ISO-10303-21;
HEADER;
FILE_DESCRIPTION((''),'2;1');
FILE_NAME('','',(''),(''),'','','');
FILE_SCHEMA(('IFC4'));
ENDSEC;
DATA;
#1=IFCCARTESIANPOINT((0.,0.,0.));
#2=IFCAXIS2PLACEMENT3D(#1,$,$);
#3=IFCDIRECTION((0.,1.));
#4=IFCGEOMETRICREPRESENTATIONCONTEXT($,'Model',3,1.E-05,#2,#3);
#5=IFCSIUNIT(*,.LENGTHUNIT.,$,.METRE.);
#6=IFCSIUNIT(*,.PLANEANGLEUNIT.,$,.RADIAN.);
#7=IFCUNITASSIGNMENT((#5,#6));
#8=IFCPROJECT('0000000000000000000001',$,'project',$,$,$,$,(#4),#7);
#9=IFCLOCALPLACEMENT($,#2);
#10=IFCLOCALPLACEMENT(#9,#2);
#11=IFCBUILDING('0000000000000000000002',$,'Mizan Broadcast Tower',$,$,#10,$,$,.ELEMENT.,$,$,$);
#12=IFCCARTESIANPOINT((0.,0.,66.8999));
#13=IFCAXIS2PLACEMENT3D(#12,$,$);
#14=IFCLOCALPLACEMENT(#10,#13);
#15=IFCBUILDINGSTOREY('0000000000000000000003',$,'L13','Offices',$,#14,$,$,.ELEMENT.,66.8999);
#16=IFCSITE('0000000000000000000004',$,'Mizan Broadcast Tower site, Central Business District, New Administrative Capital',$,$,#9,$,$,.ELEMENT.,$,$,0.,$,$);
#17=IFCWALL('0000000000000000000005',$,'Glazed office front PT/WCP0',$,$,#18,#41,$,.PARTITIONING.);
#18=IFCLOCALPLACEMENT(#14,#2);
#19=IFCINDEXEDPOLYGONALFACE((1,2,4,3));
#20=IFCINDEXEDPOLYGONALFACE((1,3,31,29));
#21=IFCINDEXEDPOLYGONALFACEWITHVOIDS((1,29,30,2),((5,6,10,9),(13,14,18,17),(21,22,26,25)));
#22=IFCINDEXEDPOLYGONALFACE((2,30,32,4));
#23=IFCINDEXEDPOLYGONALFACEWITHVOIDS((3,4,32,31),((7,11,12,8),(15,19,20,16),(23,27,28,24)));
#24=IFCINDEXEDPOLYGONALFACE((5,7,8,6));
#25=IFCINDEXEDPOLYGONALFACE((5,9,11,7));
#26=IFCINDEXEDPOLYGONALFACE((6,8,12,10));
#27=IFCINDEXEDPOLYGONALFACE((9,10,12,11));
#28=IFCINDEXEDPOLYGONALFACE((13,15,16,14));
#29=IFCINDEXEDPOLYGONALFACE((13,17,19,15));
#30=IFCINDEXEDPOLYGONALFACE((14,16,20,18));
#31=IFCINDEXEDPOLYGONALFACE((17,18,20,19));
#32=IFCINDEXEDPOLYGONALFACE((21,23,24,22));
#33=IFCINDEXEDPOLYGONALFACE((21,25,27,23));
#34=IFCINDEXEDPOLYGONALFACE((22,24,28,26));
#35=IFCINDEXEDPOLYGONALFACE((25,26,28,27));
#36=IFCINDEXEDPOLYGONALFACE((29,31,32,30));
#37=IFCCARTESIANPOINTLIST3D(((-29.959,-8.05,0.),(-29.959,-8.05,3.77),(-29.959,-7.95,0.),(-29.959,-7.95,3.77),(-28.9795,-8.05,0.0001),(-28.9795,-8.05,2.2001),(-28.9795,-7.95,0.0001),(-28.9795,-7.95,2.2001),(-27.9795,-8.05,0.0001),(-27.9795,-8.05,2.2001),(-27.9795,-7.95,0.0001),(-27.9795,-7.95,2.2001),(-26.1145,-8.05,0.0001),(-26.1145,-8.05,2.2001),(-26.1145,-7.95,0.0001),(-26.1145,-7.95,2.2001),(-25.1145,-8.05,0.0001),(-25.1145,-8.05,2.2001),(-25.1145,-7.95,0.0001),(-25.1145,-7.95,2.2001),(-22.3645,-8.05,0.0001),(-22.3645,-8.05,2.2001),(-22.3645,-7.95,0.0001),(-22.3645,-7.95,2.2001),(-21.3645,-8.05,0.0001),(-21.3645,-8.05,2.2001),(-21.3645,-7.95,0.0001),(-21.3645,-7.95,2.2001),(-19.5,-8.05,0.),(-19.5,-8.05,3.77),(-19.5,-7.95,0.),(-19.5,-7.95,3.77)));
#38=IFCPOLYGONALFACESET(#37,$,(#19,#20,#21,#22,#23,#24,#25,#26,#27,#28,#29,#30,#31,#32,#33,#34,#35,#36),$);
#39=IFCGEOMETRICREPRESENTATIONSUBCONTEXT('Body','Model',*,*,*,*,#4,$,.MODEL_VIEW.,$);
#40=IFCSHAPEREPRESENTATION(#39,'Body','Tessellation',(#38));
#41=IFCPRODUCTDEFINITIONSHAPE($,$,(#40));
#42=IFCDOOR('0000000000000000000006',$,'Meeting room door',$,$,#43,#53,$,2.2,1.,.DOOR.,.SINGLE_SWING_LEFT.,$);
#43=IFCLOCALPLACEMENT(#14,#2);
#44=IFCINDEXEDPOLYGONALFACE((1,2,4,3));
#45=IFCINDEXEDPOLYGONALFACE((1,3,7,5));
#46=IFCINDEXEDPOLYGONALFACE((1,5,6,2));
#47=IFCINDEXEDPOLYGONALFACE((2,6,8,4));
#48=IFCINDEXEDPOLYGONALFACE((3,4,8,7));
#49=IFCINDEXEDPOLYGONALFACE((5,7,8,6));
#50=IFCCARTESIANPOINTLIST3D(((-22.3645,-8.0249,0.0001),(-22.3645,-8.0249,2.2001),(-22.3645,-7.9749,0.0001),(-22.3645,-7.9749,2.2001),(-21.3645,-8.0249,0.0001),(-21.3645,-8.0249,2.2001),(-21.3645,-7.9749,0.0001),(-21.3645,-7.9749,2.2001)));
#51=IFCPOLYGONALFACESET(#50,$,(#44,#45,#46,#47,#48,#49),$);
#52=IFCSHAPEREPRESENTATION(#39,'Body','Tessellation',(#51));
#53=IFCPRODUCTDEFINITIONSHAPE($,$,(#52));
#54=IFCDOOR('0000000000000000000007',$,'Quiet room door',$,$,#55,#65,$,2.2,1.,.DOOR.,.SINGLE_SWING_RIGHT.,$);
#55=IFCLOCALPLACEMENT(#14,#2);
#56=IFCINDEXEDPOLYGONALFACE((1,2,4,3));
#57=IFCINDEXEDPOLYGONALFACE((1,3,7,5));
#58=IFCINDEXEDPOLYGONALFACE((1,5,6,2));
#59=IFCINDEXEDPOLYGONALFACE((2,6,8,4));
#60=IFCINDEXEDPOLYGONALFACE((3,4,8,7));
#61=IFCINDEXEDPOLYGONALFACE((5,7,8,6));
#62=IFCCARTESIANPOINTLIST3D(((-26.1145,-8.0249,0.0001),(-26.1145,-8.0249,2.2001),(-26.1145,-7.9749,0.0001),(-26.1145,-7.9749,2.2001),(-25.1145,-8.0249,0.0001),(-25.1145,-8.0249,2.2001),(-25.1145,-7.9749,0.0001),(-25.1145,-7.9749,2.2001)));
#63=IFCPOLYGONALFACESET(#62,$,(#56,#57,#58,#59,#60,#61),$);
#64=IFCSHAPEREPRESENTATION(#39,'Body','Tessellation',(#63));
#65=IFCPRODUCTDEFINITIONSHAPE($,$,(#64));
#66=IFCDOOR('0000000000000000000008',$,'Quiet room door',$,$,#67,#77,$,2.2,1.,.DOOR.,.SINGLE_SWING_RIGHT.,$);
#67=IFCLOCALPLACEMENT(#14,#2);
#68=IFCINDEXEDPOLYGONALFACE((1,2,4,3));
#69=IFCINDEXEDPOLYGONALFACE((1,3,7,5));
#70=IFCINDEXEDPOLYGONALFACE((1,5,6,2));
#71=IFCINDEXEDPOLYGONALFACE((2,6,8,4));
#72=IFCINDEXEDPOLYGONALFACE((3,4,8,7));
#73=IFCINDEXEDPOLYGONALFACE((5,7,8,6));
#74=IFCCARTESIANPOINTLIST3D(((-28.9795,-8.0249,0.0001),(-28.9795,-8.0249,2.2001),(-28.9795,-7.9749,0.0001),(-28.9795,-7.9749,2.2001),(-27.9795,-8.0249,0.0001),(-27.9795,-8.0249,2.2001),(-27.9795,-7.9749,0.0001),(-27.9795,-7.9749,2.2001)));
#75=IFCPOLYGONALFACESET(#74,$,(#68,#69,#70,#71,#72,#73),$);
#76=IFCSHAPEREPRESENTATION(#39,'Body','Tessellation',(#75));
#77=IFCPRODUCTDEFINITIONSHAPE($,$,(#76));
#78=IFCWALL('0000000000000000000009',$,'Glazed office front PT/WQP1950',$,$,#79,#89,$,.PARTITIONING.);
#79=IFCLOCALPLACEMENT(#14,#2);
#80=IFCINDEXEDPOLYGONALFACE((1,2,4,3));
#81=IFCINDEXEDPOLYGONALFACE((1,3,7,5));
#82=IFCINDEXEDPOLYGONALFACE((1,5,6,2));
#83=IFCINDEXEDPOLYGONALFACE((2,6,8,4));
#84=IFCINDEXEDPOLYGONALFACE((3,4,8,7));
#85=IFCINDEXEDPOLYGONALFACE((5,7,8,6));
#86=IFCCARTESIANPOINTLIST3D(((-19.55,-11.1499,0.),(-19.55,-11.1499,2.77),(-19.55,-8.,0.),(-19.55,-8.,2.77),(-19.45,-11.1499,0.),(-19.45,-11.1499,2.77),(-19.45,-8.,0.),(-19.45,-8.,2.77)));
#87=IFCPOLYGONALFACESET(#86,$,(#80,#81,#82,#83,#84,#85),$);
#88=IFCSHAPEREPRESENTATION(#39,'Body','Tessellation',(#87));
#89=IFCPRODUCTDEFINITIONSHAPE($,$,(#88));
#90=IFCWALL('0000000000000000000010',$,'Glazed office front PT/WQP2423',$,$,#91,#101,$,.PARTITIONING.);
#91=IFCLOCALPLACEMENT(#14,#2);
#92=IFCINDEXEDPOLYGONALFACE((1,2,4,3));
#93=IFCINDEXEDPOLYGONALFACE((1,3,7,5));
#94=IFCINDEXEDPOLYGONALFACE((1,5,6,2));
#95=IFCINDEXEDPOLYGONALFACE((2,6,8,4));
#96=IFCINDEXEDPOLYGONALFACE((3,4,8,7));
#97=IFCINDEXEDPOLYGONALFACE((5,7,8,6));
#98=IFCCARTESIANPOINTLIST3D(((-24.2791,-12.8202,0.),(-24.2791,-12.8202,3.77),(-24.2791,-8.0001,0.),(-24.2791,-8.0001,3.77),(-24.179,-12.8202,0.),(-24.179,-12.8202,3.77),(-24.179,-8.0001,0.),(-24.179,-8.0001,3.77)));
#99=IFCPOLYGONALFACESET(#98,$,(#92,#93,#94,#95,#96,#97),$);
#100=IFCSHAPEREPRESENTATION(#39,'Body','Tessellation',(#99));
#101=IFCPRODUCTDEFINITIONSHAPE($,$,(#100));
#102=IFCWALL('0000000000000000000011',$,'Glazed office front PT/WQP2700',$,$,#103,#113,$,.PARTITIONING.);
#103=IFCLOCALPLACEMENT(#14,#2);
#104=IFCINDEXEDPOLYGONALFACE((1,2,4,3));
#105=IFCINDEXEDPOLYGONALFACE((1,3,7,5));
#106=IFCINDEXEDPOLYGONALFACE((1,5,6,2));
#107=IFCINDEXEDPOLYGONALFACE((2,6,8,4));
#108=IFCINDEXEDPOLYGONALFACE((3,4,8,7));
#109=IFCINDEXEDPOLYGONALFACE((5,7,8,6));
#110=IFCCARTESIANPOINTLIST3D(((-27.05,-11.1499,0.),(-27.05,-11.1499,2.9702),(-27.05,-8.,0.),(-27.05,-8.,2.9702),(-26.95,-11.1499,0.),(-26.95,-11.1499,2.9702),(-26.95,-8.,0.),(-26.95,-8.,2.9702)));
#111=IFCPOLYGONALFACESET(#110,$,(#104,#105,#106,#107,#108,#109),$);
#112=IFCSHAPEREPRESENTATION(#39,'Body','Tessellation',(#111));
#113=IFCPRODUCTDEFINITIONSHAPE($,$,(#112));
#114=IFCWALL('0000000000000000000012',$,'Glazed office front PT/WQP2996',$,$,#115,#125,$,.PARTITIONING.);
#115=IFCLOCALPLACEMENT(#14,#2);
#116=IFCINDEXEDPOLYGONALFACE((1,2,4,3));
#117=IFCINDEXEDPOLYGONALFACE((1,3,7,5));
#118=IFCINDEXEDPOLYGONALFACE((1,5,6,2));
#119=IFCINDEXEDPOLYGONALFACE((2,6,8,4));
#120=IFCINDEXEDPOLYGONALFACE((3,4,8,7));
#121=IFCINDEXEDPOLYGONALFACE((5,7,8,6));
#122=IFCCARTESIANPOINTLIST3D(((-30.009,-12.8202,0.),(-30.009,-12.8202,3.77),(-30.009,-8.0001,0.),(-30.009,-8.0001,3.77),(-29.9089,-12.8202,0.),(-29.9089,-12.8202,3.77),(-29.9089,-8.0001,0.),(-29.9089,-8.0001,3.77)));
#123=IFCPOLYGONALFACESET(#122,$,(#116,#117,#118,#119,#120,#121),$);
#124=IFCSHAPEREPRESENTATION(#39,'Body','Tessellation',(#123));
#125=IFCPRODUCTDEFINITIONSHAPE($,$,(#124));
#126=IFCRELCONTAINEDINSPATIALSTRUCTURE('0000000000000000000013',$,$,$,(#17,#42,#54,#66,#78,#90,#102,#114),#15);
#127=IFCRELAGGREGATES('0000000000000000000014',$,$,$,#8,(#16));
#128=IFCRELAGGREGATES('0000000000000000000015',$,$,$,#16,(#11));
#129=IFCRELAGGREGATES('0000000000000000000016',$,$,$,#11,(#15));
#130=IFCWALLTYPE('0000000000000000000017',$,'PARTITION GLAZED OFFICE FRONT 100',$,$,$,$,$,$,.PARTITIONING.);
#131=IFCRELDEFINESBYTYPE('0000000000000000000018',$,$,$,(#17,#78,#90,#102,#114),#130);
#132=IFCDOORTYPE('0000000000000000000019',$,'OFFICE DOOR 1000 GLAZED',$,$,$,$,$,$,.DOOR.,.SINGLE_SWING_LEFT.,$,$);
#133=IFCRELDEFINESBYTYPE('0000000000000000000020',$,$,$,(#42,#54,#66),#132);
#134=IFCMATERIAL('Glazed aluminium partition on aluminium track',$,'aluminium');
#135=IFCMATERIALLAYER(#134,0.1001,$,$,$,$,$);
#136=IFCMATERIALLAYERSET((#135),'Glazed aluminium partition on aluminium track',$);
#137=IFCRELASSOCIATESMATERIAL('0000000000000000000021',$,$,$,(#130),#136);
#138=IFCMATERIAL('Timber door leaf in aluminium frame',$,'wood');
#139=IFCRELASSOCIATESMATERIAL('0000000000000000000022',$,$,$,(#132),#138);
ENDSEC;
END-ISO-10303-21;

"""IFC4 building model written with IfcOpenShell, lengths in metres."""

from ifc_helpers import new_model, si_unit, direction, frame, frame_2d, origin, place, context, subcontext, project, spatial, rectangle, extrude, material, layer, layer_set, type_object, element, fill, save


model = new_model("IFC4")

# Units and contexts
model_context = context("Model", 3, precision=1e-05, world=origin(), true_north=direction((0.0, 1.0)))
body_context = subcontext(model_context, "Body", "Model", "MODEL_VIEW")
ifc_project = project(units=[si_unit("LENGTHUNIT", "METRE"), si_unit("PLANEANGLEUNIT", "RADIAN")], contexts=[model_context])

# Site, building, storey
site_placement = place(None, origin())
site = spatial("IfcSite", under=ifc_project, at=site_placement, Name="Mizan Broadcast Tower site, Central Business District, New Administrative Capital", CompositionType="ELEMENT", RefElevation=0.0)
building_placement = place(site_placement, origin())
building = spatial("IfcBuilding", under=site, at=building_placement, Name="Mizan Broadcast Tower", CompositionType="ELEMENT")
storey_placement = place(building_placement, frame((0.0, 0.0, 66.8999)))
storey = spatial("IfcBuildingStorey", under=building, at=storey_placement, Name="L13", Description="Offices", CompositionType="ELEMENT", Elevation=66.8999)

# Wall, openings, doors
ifc_material_1 = material(Name="Glazed aluminium partition on aluminium track", Category="aluminium")
ifc_layer_1 = layer(ifc_material_1, 0.1001)
ifc_layer_set_1 = layer_set([ifc_layer_1], Name="Glazed aluminium partition on aluminium track")
wall_type = type_object("IfcWallType", Name="PARTITION GLAZED OFFICE FRONT 100", PredefinedType="PARTITIONING", material=ifc_layer_set_1)
wall_1_placement = place(storey_placement, frame((-19.5, -8.0, 0.0), z_axis=(0.0, 0.0, 1.0), x_axis=(-1.0, 0.0, 0.0)))
wall_1 = element("IfcWall", 1, at=wall_1_placement, inside=storey, type_object=wall_type, Name="Glazed office front PT/WCP0", PredefinedType="PARTITIONING", context=body_context, shape_type="SweptSolid", body=[
    extrude(rectangle(XDim=10.459, YDim=0.1001, at=frame_2d((5.2295, 0.0))), origin(), (0.0, 0.0, 1.0), 3.77),
])
opening_1_placement = place(wall_1_placement, frame((1.8645, 0.0, 0.0)))
opening_1 = element("IfcOpeningElement", 2, at=opening_1_placement, cuts=wall_1, PredefinedType="OPENING", context=body_context, shape_type="SweptSolid", body=[
    extrude(rectangle(XDim=1.0, YDim=2.2, at=frame_2d((0.5, 1.1001))), frame((0.0, 0.0601, 0.0), z_axis=(0.0, -1.0, 0.0), x_axis=(1.0, 0.0, 0.0)), (0.0, 0.0, 1.0), 0.1201),
])
opening_2_placement = place(wall_1_placement, frame((5.6145, 0.0, 0.0)))
opening_2 = element("IfcOpeningElement", 3, at=opening_2_placement, cuts=wall_1, PredefinedType="OPENING", context=body_context, shape_type="SweptSolid", body=[
    extrude(rectangle(XDim=1.0, YDim=2.2, at=frame_2d((0.5, 1.1001))), frame((0.0, 0.0601, 0.0), z_axis=(0.0, -1.0, 0.0), x_axis=(1.0, 0.0, 0.0)), (0.0, 0.0, 1.0), 0.1201),
])
opening_3_placement = place(wall_1_placement, frame((8.4795, 0.0, 0.0)))
opening_3 = element("IfcOpeningElement", 4, at=opening_3_placement, cuts=wall_1, PredefinedType="OPENING", context=body_context, shape_type="SweptSolid", body=[
    extrude(rectangle(XDim=1.0, YDim=2.2, at=frame_2d((0.5, 1.1001))), frame((0.0, 0.0601, 0.0), z_axis=(0.0, -1.0, 0.0), x_axis=(1.0, 0.0, 0.0)), (0.0, 0.0, 1.0), 0.1201),
])
ifc_material_2 = material(Name="Timber door leaf in aluminium frame", Category="wood")
door_type = type_object("IfcDoorType", Name="OFFICE DOOR 1000 GLAZED", OperationType="SINGLE_SWING_LEFT", PredefinedType="DOOR", material=ifc_material_2)
door_1_placement = place(opening_1_placement, origin())
door_1 = element("IfcDoor", 5, at=door_1_placement, inside=storey, type_object=door_type, Name="Meeting room door", OperationType="SINGLE_SWING_LEFT", OverallHeight=2.2, OverallWidth=1.0, PredefinedType="DOOR", context=body_context, shape_type="SweptSolid", body=[
    extrude(rectangle(XDim=1.0, YDim=2.2, at=frame_2d((0.5, 1.1001))), frame((0.0, 0.0249, 0.0), z_axis=(0.0, -1.0, 0.0), x_axis=(1.0, 0.0, 0.0)), (0.0, 0.0, 1.0), 0.05),
])
fill(opening_1, door_1)
door_2_placement = place(opening_2_placement, origin())
door_2 = element("IfcDoor", 6, at=door_2_placement, inside=storey, type_object=door_type, Name="Quiet room door", OperationType="SINGLE_SWING_RIGHT", OverallHeight=2.2, OverallWidth=1.0, PredefinedType="DOOR", context=body_context, shape_type="SweptSolid", body=[
    extrude(rectangle(XDim=1.0, YDim=2.2, at=frame_2d((0.5, 1.1001))), frame((0.0, 0.0249, 0.0), z_axis=(0.0, -1.0, 0.0), x_axis=(1.0, 0.0, 0.0)), (0.0, 0.0, 1.0), 0.05),
])
fill(opening_2, door_2)
door_3_placement = place(opening_3_placement, origin())
door_3 = element("IfcDoor", 7, at=door_3_placement, inside=storey, type_object=door_type, Name="Quiet room door", OperationType="SINGLE_SWING_RIGHT", OverallHeight=2.2, OverallWidth=1.0, PredefinedType="DOOR", context=body_context, shape_type="SweptSolid", body=[
    extrude(rectangle(XDim=1.0, YDim=2.2, at=frame_2d((0.5, 1.1001))), frame((0.0, 0.0249, 0.0), z_axis=(0.0, -1.0, 0.0), x_axis=(1.0, 0.0, 0.0)), (0.0, 0.0, 1.0), 0.05),
])
fill(opening_3, door_3)

# Walls
wall_2_placement = place(storey_placement, frame((-19.5, -8.0, 0.0), z_axis=(0.0, 0.0, 1.0), x_axis=(0.0, -1.0, 0.0)))
element("IfcWall", 8, at=wall_2_placement, inside=storey, type_object=wall_type, Name="Glazed office front PT/WQP1950", PredefinedType="PARTITIONING", context=body_context, shape_type="SweptSolid", body=[
    extrude(rectangle(XDim=3.1499, YDim=0.1001, at=frame_2d((1.575, 0.0))), origin(), (0.0, 0.0, 1.0), 2.77),
])
wall_3_placement = place(storey_placement, frame((-24.229, -8.0, 0.0), z_axis=(0.0, 0.0, 1.0), x_axis=(0.0, -1.0, 0.0)))
element("IfcWall", 9, at=wall_3_placement, inside=storey, type_object=wall_type, Name="Glazed office front PT/WQP2423", PredefinedType="PARTITIONING", context=body_context, shape_type="SweptSolid", body=[
    extrude(rectangle(XDim=4.8201, YDim=0.1001, at=frame_2d((2.4102, 0.0))), origin(), (0.0, 0.0, 1.0), 3.77),
])
wall_4_placement = place(storey_placement, frame((-27.0, -8.0, 0.0), z_axis=(0.0, 0.0, 1.0), x_axis=(0.0, -1.0, 0.0)))
element("IfcWall", 10, at=wall_4_placement, inside=storey, type_object=wall_type, Name="Glazed office front PT/WQP2700", PredefinedType="PARTITIONING", context=body_context, shape_type="SweptSolid", body=[
    extrude(rectangle(XDim=3.1499, YDim=0.1001, at=frame_2d((1.575, 0.0))), origin(), (0.0, 0.0, 1.0), 2.9702),
])
wall_5_placement = place(storey_placement, frame((-29.959, -8.0, 0.0), z_axis=(0.0, 0.0, 1.0), x_axis=(0.0, -1.0, 0.0)))
element("IfcWall", 11, at=wall_5_placement, inside=storey, type_object=wall_type, Name="Glazed office front PT/WQP2996", PredefinedType="PARTITIONING", context=body_context, shape_type="SweptSolid", body=[
    extrude(rectangle(XDim=4.8201, YDim=0.1001, at=frame_2d((2.4102, 0.0))), origin(), (0.0, 0.0, 1.0), 3.77),
])

save(model, "model.ifc")
